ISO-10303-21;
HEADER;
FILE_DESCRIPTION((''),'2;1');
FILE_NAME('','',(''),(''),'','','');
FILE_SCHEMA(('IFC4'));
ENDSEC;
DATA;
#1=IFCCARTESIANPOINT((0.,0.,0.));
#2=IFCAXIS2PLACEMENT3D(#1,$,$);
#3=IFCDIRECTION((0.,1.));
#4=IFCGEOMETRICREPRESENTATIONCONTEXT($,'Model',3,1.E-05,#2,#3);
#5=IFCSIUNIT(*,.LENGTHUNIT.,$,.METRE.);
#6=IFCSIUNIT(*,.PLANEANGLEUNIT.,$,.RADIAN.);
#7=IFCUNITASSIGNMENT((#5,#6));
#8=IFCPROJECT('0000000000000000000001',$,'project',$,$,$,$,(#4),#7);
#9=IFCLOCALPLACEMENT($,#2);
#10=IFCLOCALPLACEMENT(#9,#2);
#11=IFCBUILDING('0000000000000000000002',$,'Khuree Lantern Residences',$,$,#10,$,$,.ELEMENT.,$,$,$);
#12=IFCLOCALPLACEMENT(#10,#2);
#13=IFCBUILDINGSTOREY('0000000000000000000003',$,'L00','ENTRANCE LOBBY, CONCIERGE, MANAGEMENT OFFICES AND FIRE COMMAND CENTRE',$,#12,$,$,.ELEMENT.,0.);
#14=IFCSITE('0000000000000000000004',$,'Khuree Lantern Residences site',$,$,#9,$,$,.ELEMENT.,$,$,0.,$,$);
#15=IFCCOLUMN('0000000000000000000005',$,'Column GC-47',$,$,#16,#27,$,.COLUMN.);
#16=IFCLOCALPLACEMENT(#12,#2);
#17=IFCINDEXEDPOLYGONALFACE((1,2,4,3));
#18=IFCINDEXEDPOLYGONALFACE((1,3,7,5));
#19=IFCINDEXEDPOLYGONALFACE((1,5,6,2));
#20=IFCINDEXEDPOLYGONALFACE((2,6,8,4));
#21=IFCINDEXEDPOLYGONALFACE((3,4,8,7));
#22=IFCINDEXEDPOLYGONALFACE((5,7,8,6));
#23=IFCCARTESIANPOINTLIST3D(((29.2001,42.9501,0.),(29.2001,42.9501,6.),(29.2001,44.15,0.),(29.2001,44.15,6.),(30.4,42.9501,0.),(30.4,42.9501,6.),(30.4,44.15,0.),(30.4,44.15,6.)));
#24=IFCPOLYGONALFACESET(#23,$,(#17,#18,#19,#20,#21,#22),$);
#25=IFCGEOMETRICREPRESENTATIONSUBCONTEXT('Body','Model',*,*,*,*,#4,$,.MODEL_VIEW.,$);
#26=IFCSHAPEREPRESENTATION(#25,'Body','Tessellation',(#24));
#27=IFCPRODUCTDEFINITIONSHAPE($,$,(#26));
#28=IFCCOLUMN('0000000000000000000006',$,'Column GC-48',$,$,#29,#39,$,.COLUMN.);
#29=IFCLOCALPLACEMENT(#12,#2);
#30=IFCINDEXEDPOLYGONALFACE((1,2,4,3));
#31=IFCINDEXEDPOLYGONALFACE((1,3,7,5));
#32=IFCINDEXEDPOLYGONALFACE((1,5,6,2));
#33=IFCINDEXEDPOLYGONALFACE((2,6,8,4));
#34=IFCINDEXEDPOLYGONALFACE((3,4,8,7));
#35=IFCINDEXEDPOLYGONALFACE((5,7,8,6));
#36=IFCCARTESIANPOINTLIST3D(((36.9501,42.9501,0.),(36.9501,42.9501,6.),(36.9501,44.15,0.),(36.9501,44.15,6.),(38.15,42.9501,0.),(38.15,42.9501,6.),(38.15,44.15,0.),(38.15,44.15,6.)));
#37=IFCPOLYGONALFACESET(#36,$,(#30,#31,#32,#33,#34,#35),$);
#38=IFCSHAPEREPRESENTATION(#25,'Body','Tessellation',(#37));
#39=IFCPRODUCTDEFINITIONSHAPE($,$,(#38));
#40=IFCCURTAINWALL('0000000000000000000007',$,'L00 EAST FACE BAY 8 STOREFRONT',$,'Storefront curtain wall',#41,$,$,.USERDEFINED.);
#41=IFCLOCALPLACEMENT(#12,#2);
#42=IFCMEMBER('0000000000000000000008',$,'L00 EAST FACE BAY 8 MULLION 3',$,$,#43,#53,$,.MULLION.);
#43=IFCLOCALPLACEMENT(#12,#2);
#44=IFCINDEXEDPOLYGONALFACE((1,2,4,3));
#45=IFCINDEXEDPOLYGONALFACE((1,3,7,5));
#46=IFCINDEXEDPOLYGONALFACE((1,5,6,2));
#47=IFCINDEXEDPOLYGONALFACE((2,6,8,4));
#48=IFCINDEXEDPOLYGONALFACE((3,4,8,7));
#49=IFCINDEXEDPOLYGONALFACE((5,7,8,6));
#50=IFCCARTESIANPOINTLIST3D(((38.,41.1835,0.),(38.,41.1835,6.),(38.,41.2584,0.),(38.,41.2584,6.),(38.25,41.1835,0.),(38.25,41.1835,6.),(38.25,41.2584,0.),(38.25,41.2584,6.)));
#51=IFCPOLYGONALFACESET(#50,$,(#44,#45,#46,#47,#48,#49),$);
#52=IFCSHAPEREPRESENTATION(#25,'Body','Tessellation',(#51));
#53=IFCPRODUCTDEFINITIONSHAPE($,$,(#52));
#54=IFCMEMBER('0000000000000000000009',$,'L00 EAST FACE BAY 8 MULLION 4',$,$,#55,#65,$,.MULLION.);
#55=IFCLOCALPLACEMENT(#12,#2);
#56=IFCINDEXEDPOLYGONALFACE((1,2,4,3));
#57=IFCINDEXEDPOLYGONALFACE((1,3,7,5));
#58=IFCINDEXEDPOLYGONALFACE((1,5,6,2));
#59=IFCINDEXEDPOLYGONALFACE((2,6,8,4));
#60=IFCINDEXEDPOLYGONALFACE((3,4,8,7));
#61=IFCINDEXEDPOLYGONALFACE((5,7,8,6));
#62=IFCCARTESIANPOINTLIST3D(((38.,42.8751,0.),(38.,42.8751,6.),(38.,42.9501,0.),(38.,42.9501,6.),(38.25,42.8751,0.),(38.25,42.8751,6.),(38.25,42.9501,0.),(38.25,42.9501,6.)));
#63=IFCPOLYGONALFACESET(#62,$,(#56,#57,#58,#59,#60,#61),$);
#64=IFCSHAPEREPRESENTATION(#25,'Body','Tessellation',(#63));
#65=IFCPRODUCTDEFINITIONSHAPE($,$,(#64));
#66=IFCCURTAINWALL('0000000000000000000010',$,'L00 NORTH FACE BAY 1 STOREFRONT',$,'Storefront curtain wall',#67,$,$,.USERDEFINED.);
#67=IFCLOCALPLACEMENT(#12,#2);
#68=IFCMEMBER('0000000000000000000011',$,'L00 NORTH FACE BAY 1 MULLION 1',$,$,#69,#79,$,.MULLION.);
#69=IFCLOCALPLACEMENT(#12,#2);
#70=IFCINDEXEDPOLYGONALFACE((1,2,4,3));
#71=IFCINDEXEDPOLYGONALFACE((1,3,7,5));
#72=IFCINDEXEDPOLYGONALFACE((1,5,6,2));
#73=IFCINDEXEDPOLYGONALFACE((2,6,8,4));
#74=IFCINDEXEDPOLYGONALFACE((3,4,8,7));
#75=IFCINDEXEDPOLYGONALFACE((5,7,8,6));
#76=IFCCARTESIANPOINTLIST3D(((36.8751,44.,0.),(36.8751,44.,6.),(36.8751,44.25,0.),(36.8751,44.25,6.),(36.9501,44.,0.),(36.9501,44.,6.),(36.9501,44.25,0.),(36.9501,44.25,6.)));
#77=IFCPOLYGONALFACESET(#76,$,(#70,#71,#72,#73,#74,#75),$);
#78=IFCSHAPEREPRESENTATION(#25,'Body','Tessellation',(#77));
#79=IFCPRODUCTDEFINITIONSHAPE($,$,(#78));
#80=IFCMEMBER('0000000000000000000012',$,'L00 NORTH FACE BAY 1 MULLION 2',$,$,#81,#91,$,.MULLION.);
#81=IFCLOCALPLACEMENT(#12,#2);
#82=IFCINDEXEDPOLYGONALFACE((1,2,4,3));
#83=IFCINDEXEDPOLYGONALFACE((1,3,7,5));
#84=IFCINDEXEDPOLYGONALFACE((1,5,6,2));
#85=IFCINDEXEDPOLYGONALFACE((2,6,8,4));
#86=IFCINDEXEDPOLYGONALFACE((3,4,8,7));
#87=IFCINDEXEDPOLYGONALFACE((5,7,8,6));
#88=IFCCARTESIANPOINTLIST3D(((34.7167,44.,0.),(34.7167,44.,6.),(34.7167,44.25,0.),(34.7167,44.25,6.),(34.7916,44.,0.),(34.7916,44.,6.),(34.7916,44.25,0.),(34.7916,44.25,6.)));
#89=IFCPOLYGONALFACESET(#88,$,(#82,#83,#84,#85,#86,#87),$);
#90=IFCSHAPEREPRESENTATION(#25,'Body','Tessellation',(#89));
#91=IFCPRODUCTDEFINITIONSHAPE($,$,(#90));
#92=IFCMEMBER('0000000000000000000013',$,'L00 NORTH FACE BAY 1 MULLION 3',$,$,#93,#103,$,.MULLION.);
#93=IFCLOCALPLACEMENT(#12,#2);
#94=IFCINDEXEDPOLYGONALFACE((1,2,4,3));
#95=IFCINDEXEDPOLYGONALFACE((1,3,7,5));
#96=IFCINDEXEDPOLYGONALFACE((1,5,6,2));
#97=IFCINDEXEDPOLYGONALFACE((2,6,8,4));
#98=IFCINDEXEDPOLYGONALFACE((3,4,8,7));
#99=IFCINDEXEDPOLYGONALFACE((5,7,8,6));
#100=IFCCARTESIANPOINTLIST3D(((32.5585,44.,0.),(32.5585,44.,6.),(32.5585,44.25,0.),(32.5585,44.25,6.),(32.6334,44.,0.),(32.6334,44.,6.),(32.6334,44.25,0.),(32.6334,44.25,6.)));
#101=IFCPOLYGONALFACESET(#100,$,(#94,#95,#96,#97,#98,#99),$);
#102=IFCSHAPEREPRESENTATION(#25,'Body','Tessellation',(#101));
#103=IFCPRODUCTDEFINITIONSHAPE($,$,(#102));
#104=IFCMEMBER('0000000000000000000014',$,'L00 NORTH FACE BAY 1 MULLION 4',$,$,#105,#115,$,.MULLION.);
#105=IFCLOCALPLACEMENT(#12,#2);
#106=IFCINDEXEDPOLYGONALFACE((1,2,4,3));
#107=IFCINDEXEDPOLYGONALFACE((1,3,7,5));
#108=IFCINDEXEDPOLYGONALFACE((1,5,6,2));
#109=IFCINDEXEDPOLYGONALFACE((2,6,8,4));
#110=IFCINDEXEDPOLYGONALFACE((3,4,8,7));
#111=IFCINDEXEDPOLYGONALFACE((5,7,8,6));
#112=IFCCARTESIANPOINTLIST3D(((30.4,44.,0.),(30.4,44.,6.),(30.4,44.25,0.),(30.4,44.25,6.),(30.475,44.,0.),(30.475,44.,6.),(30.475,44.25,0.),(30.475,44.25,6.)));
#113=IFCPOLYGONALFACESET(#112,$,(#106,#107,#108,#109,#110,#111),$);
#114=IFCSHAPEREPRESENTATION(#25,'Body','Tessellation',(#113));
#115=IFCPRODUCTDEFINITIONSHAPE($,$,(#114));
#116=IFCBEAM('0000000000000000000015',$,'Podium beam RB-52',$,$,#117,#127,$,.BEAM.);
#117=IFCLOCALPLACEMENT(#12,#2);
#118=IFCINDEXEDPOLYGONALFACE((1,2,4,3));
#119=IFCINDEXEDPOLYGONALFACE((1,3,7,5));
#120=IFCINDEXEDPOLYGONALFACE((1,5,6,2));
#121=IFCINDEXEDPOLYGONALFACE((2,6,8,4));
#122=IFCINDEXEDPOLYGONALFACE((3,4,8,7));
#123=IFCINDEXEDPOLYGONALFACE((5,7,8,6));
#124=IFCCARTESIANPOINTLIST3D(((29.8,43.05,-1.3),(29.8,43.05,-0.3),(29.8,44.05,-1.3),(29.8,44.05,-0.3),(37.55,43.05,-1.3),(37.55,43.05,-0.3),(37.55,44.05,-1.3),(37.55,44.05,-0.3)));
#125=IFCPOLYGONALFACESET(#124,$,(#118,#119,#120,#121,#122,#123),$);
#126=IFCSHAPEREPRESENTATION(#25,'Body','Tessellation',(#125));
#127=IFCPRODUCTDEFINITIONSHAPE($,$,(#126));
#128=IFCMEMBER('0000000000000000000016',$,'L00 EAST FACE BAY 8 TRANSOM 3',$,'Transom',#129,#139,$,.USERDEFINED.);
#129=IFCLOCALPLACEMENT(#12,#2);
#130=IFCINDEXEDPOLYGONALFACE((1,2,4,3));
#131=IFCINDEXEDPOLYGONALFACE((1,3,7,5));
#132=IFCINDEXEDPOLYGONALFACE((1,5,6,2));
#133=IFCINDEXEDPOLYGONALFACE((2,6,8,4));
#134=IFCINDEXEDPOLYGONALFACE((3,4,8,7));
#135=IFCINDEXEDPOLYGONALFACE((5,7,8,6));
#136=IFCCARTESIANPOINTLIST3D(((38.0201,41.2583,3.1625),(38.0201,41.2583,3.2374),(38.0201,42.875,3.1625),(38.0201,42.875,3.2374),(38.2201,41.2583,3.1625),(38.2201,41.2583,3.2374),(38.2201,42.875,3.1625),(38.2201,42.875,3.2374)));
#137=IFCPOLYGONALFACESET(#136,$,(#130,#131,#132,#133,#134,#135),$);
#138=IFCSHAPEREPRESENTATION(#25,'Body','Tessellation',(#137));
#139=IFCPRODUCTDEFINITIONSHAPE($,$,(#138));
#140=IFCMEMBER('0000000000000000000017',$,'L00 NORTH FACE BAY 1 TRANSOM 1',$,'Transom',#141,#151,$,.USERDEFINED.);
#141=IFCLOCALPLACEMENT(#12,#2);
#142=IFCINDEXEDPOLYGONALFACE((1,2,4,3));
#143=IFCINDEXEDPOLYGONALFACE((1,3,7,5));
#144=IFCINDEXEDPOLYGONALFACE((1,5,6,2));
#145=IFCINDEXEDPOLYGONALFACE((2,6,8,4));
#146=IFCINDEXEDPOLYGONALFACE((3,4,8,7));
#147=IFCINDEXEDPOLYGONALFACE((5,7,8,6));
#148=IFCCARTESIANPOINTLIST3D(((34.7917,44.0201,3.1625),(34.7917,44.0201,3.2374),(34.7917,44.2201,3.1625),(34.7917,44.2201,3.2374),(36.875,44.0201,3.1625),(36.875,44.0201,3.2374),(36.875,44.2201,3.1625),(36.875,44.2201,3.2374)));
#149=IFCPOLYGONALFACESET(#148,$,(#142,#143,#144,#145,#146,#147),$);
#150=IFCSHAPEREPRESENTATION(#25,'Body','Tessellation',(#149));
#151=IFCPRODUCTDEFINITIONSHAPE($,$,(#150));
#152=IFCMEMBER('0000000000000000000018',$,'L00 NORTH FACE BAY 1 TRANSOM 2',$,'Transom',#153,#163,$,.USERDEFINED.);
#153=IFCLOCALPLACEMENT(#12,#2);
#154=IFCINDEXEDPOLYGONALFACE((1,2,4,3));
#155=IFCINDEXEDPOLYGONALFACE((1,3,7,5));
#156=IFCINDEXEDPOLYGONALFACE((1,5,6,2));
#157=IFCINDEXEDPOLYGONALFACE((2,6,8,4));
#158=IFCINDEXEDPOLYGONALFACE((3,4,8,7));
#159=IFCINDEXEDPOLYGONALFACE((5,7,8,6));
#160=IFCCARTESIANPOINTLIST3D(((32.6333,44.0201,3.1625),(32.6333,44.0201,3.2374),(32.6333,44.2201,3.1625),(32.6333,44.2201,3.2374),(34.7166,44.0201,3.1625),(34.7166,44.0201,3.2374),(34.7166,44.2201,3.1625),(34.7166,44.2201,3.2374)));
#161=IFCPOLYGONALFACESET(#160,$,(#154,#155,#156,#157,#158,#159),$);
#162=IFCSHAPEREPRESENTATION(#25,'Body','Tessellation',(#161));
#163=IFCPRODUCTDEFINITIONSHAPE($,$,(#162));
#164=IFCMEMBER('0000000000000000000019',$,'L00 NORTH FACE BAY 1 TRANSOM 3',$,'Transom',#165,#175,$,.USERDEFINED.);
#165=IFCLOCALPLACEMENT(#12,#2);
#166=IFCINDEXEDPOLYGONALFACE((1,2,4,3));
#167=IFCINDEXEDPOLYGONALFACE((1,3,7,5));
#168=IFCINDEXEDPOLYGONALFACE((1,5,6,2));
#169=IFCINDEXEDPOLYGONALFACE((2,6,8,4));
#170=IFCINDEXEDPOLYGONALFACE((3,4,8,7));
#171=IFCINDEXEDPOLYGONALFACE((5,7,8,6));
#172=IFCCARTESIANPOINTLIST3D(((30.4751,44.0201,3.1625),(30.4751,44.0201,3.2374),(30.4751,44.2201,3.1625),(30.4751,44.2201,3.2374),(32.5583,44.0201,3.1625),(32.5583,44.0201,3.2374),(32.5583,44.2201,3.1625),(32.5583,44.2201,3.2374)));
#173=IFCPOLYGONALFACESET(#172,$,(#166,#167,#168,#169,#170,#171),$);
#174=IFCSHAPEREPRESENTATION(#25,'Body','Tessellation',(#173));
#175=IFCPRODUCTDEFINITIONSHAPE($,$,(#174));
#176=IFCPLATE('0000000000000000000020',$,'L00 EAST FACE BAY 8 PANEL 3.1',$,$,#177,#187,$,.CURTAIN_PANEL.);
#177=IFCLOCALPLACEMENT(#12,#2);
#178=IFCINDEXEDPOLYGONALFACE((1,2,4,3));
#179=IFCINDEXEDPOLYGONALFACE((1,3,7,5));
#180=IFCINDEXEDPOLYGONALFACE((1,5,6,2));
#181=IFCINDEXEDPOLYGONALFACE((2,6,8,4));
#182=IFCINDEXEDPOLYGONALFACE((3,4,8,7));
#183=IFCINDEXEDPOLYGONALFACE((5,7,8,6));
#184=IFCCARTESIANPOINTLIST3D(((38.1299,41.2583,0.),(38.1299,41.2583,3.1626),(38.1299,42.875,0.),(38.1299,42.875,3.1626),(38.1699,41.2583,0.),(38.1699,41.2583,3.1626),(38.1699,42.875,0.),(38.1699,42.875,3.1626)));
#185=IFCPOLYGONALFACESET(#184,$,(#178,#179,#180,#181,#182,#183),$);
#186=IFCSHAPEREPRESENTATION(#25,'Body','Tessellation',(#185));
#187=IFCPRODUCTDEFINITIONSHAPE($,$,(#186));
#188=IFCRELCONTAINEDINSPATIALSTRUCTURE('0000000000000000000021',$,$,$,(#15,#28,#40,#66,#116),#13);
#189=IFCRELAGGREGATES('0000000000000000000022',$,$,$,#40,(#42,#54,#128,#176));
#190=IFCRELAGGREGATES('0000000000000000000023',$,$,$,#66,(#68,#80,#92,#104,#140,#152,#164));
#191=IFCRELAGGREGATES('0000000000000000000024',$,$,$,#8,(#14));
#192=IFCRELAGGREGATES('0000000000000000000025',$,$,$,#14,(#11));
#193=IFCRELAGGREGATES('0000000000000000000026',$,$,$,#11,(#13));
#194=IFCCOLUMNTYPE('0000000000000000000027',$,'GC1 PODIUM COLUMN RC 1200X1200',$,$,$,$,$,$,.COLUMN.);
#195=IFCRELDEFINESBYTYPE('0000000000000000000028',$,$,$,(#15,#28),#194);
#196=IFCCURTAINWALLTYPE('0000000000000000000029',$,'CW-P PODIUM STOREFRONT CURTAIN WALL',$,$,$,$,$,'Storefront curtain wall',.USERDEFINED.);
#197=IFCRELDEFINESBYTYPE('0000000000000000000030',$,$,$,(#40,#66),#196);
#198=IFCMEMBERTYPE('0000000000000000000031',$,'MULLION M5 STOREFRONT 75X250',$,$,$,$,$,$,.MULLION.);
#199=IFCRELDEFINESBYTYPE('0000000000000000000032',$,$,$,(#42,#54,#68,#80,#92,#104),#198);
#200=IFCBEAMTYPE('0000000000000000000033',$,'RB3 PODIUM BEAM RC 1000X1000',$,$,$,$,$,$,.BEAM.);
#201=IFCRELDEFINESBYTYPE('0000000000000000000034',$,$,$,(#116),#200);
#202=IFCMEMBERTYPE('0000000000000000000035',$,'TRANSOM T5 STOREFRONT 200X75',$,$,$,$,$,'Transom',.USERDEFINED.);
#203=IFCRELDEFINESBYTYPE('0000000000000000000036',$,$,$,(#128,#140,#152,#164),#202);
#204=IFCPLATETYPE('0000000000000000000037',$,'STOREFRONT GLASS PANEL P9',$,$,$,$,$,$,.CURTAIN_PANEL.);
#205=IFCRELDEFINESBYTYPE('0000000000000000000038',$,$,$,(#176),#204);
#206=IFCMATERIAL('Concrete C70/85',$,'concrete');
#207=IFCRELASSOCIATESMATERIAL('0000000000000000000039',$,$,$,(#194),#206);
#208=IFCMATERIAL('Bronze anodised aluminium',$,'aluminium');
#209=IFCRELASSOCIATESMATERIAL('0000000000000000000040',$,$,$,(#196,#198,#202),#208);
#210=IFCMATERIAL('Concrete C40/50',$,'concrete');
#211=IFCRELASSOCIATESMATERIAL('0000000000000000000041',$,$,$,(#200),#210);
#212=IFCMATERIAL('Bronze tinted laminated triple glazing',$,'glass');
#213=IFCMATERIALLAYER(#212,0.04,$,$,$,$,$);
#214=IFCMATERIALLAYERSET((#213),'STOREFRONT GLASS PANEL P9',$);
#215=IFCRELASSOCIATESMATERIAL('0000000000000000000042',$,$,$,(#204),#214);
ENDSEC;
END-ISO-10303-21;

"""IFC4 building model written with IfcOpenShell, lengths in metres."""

from ifc_helpers import new_model, si_unit, direction, frame, origin, origin_2d, place, context, subcontext, project, spatial, rectangle, extrude, material, layer, layer_set, material_profile, profile_set, type_object, element, aggregate, save


model = new_model("IFC4")

# Units and contexts
model_context = context("Model", 3, precision=1e-05, world=origin(), true_north=direction((0.0, 1.0)))
body_context = subcontext(model_context, "Body", "Model", "MODEL_VIEW")
ifc_project = project(units=[si_unit("LENGTHUNIT", "METRE"), si_unit("PLANEANGLEUNIT", "RADIAN")], contexts=[model_context])

# Site, building, storey
site_placement = place(None, origin())
site = spatial("IfcSite", under=ifc_project, at=site_placement, Name="Khuree Lantern Residences site", CompositionType="ELEMENT", RefElevation=0.0)
building_placement = place(site_placement, origin())
building = spatial("IfcBuilding", under=site, at=building_placement, Name="Khuree Lantern Residences", CompositionType="ELEMENT")
storey_placement = place(building_placement, origin())
storey = spatial("IfcBuildingStorey", under=building, at=storey_placement, Name="L00", Description="ENTRANCE LOBBY, CONCIERGE, MANAGEMENT OFFICES AND FIRE COMMAND CENTRE", CompositionType="ELEMENT", Elevation=0.0)

# Columns
ifc_material_1 = material(Name="Concrete C70/85", Category="concrete")
ifc_material_profile_1 = material_profile(ifc_material_1, rectangle(XDim=1.2, YDim=1.2, at=origin_2d()), Name="RC 1200X1200")
ifc_profile_set_1 = profile_set([ifc_material_profile_1], Name="Concrete C70/85")
column_type = type_object("IfcColumnType", Name="GC1 PODIUM COLUMN RC 1200X1200", PredefinedType="COLUMN", material=ifc_profile_set_1)
for number, where, z_axis, x_axis, name in (
    (1, (29.8, 43.55, 0.0), (0.0, 0.0, 1.0), (1.0, 0.0, 0.0), "Column GC-47"),
    (2, (37.55, 43.55, 0.0), (0.0, 0.0, 1.0), (1.0, 0.0, 0.0), "Column GC-48"),
):
    element("IfcColumn", number, at=place(storey_placement, frame(where, z_axis=z_axis, x_axis=x_axis)), inside=storey, type_object=column_type, Name=name, PredefinedType="COLUMN", context=body_context, shape_type="SweptSolid", body=[
        extrude(rectangle(XDim=1.2, YDim=1.2, at=origin_2d()), origin(), (0.0, 0.0, 1.0), 6.0),
    ])

# Curtain walls, members
ifc_material_2 = material(Name="Bronze anodised aluminium", Category="aluminium")
curtain_wall_type = type_object("IfcCurtainWallType", Name="CW-P PODIUM STOREFRONT CURTAIN WALL", ElementType="Storefront curtain wall", PredefinedType="USERDEFINED", material=ifc_material_2)
curtain_wall_1_placement = place(storey_placement, origin())
curtain_wall_1 = element("IfcCurtainWall", 3, at=curtain_wall_1_placement, inside=storey, type_object=curtain_wall_type, Name="L00 EAST FACE BAY 8 STOREFRONT", ObjectType="Storefront curtain wall", PredefinedType="USERDEFINED")
ifc_material_profile_2 = material_profile(ifc_material_2, rectangle(XDim=0.075, YDim=0.25, at=origin_2d()), Name="M5 75X250")
ifc_profile_set_2 = profile_set([ifc_material_profile_2], Name="Bronze anodised aluminium")
member_type_1 = type_object("IfcMemberType", Name="MULLION M5 STOREFRONT 75X250", PredefinedType="MULLION", material=ifc_profile_set_2)
member_1_placement = place(storey_placement, frame((38.125, 41.2209, 0.0), z_axis=(0.0, 0.0, 1.0), x_axis=(0.0, 1.0, 0.0)))
member_1 = element("IfcMember", 4, at=member_1_placement, type_object=member_type_1, Name="L00 EAST FACE BAY 8 MULLION 3", PredefinedType="MULLION", context=body_context, shape_type="SweptSolid", body=[
    extrude(rectangle(XDim=0.075, YDim=0.25, at=origin_2d()), origin(), (0.0, 0.0, 1.0), 6.0),
])
member_2_placement = place(storey_placement, frame((38.125, 42.9126, 0.0), z_axis=(0.0, 0.0, 1.0), x_axis=(0.0, 1.0, 0.0)))
member_2 = element("IfcMember", 5, at=member_2_placement, type_object=member_type_1, Name="L00 EAST FACE BAY 8 MULLION 4", PredefinedType="MULLION", context=body_context, shape_type="SweptSolid", body=[
    extrude(rectangle(XDim=0.075, YDim=0.25, at=origin_2d()), origin(), (0.0, 0.0, 1.0), 6.0),
])
curtain_wall_2_placement = place(storey_placement, origin())
curtain_wall_2 = element("IfcCurtainWall", 6, at=curtain_wall_2_placement, inside=storey, type_object=curtain_wall_type, Name="L00 NORTH FACE BAY 1 STOREFRONT", ObjectType="Storefront curtain wall", PredefinedType="USERDEFINED")
member_3_placement = place(storey_placement, frame((36.9126, 44.125, 0.0), z_axis=(0.0, 0.0, 1.0), x_axis=(-1.0, 0.0, 0.0)))
member_3 = element("IfcMember", 7, at=member_3_placement, type_object=member_type_1, Name="L00 NORTH FACE BAY 1 MULLION 1", PredefinedType="MULLION", context=body_context, shape_type="SweptSolid", body=[
    extrude(rectangle(XDim=0.075, YDim=0.25, at=origin_2d()), origin(), (0.0, 0.0, 1.0), 6.0),
])
member_4_placement = place(storey_placement, frame((34.7542, 44.125, 0.0), z_axis=(0.0, 0.0, 1.0), x_axis=(-1.0, 0.0, 0.0)))
member_4 = element("IfcMember", 8, at=member_4_placement, type_object=member_type_1, Name="L00 NORTH FACE BAY 1 MULLION 2", PredefinedType="MULLION", context=body_context, shape_type="SweptSolid", body=[
    extrude(rectangle(XDim=0.075, YDim=0.25, at=origin_2d()), origin(), (0.0, 0.0, 1.0), 6.0),
])
member_5_placement = place(storey_placement, frame((32.5959, 44.125, 0.0), z_axis=(0.0, 0.0, 1.0), x_axis=(-1.0, 0.0, 0.0)))
member_5 = element("IfcMember", 9, at=member_5_placement, type_object=member_type_1, Name="L00 NORTH FACE BAY 1 MULLION 3", PredefinedType="MULLION", context=body_context, shape_type="SweptSolid", body=[
    extrude(rectangle(XDim=0.075, YDim=0.25, at=origin_2d()), origin(), (0.0, 0.0, 1.0), 6.0),
])
member_6_placement = place(storey_placement, frame((30.4375, 44.125, 0.0), z_axis=(0.0, 0.0, 1.0), x_axis=(-1.0, 0.0, 0.0)))
member_6 = element("IfcMember", 10, at=member_6_placement, type_object=member_type_1, Name="L00 NORTH FACE BAY 1 MULLION 4", PredefinedType="MULLION", context=body_context, shape_type="SweptSolid", body=[
    extrude(rectangle(XDim=0.075, YDim=0.25, at=origin_2d()), origin(), (0.0, 0.0, 1.0), 6.0),
])

# Beam
ifc_material_3 = material(Name="Concrete C40/50", Category="concrete")
ifc_material_profile_3 = material_profile(ifc_material_3, rectangle(XDim=1.0, YDim=1.0, at=origin_2d()), Name="RC 1000X1000")
ifc_profile_set_3 = profile_set([ifc_material_profile_3], Name="Concrete C40/50")
beam_type = type_object("IfcBeamType", Name="RB3 PODIUM BEAM RC 1000X1000", PredefinedType="BEAM", material=ifc_profile_set_3)
beam_placement = place(storey_placement, frame((29.8, 43.55, -0.8), z_axis=(1.0, 0.0, 0.0), x_axis=(0.0, 1.0, 0.0)))
element("IfcBeam", 11, at=beam_placement, inside=storey, type_object=beam_type, Name="Podium beam RB-52", PredefinedType="BEAM", context=body_context, shape_type="SweptSolid", body=[
    extrude(rectangle(XDim=1.0, YDim=1.0, at=origin_2d()), origin(), (0.0, 0.0, 1.0), 7.75),
])

# Members
ifc_material_profile_4 = material_profile(ifc_material_2, rectangle(XDim=0.2, YDim=0.075, at=origin_2d()), Name="T5 200X75")
ifc_profile_set_4 = profile_set([ifc_material_profile_4], Name="Bronze anodised aluminium")
member_type_2 = type_object("IfcMemberType", Name="TRANSOM T5 STOREFRONT 200X75", ElementType="Transom", PredefinedType="USERDEFINED", material=ifc_profile_set_4)
member_7_placement = place(storey_placement, frame((38.1201, 41.2583, 3.2), z_axis=(0.0, 1.0, 0.0), x_axis=(-1.0, 0.0, 0.0)))
member_7 = element("IfcMember", 12, at=member_7_placement, type_object=member_type_2, Name="L00 EAST FACE BAY 8 TRANSOM 3", ObjectType="Transom", PredefinedType="USERDEFINED", context=body_context, shape_type="SweptSolid", body=[
    extrude(rectangle(XDim=0.2, YDim=0.075, at=origin_2d()), origin(), (0.0, 0.0, 1.0), 1.6167),
])
member_8_placement = place(storey_placement, frame((36.875, 44.1201, 3.2), z_axis=(-1.0, 0.0, 0.0), x_axis=(0.0, -1.0, 0.0)))
member_8 = element("IfcMember", 13, at=member_8_placement, type_object=member_type_2, Name="L00 NORTH FACE BAY 1 TRANSOM 1", ObjectType="Transom", PredefinedType="USERDEFINED", context=body_context, shape_type="SweptSolid", body=[
    extrude(rectangle(XDim=0.2, YDim=0.075, at=origin_2d()), origin(), (0.0, 0.0, 1.0), 2.0833),
])
member_9_placement = place(storey_placement, frame((34.7166, 44.1201, 3.2), z_axis=(-1.0, 0.0, 0.0), x_axis=(0.0, -1.0, 0.0)))
member_9 = element("IfcMember", 14, at=member_9_placement, type_object=member_type_2, Name="L00 NORTH FACE BAY 1 TRANSOM 2", ObjectType="Transom", PredefinedType="USERDEFINED", context=body_context, shape_type="SweptSolid", body=[
    extrude(rectangle(XDim=0.2, YDim=0.075, at=origin_2d()), origin(), (0.0, 0.0, 1.0), 2.0833),
])
member_10_placement = place(storey_placement, frame((32.5583, 44.1201, 3.2), z_axis=(-1.0, 0.0, 0.0), x_axis=(0.0, -1.0, 0.0)))
member_10 = element("IfcMember", 15, at=member_10_placement, type_object=member_type_2, Name="L00 NORTH FACE BAY 1 TRANSOM 3", ObjectType="Transom", PredefinedType="USERDEFINED", context=body_context, shape_type="SweptSolid", body=[
    extrude(rectangle(XDim=0.2, YDim=0.075, at=origin_2d()), origin(), (0.0, 0.0, 1.0), 2.0833),
])

# Plate
ifc_material_4 = material(Name="Bronze tinted laminated triple glazing", Category="glass")
ifc_layer_1 = layer(ifc_material_4, 0.04)
ifc_layer_set_1 = layer_set([ifc_layer_1], Name="STOREFRONT GLASS PANEL P9")
plate_type = type_object("IfcPlateType", Name="STOREFRONT GLASS PANEL P9", PredefinedType="CURTAIN_PANEL", material=ifc_layer_set_1)
plate_1_placement = place(storey_placement, frame((38.1499, 42.0667, 0.0), z_axis=(0.0, 0.0, 1.0), x_axis=(0.0, 1.0, 0.0)))
plate_1 = element("IfcPlate", 16, at=plate_1_placement, type_object=plate_type, Name="L00 EAST FACE BAY 8 PANEL 3.1", PredefinedType="CURTAIN_PANEL", context=body_context, shape_type="SweptSolid", body=[
    extrude(rectangle(XDim=1.6167, YDim=0.04, at=origin_2d()), origin(), (0.0, 0.0, 1.0), 3.1626),
])
aggregate(curtain_wall_1, [member_1, member_2, member_7, plate_1])
aggregate(curtain_wall_2, [member_3, member_4, member_5, member_6, member_8, member_9, member_10])

save(model, "model.ifc")
